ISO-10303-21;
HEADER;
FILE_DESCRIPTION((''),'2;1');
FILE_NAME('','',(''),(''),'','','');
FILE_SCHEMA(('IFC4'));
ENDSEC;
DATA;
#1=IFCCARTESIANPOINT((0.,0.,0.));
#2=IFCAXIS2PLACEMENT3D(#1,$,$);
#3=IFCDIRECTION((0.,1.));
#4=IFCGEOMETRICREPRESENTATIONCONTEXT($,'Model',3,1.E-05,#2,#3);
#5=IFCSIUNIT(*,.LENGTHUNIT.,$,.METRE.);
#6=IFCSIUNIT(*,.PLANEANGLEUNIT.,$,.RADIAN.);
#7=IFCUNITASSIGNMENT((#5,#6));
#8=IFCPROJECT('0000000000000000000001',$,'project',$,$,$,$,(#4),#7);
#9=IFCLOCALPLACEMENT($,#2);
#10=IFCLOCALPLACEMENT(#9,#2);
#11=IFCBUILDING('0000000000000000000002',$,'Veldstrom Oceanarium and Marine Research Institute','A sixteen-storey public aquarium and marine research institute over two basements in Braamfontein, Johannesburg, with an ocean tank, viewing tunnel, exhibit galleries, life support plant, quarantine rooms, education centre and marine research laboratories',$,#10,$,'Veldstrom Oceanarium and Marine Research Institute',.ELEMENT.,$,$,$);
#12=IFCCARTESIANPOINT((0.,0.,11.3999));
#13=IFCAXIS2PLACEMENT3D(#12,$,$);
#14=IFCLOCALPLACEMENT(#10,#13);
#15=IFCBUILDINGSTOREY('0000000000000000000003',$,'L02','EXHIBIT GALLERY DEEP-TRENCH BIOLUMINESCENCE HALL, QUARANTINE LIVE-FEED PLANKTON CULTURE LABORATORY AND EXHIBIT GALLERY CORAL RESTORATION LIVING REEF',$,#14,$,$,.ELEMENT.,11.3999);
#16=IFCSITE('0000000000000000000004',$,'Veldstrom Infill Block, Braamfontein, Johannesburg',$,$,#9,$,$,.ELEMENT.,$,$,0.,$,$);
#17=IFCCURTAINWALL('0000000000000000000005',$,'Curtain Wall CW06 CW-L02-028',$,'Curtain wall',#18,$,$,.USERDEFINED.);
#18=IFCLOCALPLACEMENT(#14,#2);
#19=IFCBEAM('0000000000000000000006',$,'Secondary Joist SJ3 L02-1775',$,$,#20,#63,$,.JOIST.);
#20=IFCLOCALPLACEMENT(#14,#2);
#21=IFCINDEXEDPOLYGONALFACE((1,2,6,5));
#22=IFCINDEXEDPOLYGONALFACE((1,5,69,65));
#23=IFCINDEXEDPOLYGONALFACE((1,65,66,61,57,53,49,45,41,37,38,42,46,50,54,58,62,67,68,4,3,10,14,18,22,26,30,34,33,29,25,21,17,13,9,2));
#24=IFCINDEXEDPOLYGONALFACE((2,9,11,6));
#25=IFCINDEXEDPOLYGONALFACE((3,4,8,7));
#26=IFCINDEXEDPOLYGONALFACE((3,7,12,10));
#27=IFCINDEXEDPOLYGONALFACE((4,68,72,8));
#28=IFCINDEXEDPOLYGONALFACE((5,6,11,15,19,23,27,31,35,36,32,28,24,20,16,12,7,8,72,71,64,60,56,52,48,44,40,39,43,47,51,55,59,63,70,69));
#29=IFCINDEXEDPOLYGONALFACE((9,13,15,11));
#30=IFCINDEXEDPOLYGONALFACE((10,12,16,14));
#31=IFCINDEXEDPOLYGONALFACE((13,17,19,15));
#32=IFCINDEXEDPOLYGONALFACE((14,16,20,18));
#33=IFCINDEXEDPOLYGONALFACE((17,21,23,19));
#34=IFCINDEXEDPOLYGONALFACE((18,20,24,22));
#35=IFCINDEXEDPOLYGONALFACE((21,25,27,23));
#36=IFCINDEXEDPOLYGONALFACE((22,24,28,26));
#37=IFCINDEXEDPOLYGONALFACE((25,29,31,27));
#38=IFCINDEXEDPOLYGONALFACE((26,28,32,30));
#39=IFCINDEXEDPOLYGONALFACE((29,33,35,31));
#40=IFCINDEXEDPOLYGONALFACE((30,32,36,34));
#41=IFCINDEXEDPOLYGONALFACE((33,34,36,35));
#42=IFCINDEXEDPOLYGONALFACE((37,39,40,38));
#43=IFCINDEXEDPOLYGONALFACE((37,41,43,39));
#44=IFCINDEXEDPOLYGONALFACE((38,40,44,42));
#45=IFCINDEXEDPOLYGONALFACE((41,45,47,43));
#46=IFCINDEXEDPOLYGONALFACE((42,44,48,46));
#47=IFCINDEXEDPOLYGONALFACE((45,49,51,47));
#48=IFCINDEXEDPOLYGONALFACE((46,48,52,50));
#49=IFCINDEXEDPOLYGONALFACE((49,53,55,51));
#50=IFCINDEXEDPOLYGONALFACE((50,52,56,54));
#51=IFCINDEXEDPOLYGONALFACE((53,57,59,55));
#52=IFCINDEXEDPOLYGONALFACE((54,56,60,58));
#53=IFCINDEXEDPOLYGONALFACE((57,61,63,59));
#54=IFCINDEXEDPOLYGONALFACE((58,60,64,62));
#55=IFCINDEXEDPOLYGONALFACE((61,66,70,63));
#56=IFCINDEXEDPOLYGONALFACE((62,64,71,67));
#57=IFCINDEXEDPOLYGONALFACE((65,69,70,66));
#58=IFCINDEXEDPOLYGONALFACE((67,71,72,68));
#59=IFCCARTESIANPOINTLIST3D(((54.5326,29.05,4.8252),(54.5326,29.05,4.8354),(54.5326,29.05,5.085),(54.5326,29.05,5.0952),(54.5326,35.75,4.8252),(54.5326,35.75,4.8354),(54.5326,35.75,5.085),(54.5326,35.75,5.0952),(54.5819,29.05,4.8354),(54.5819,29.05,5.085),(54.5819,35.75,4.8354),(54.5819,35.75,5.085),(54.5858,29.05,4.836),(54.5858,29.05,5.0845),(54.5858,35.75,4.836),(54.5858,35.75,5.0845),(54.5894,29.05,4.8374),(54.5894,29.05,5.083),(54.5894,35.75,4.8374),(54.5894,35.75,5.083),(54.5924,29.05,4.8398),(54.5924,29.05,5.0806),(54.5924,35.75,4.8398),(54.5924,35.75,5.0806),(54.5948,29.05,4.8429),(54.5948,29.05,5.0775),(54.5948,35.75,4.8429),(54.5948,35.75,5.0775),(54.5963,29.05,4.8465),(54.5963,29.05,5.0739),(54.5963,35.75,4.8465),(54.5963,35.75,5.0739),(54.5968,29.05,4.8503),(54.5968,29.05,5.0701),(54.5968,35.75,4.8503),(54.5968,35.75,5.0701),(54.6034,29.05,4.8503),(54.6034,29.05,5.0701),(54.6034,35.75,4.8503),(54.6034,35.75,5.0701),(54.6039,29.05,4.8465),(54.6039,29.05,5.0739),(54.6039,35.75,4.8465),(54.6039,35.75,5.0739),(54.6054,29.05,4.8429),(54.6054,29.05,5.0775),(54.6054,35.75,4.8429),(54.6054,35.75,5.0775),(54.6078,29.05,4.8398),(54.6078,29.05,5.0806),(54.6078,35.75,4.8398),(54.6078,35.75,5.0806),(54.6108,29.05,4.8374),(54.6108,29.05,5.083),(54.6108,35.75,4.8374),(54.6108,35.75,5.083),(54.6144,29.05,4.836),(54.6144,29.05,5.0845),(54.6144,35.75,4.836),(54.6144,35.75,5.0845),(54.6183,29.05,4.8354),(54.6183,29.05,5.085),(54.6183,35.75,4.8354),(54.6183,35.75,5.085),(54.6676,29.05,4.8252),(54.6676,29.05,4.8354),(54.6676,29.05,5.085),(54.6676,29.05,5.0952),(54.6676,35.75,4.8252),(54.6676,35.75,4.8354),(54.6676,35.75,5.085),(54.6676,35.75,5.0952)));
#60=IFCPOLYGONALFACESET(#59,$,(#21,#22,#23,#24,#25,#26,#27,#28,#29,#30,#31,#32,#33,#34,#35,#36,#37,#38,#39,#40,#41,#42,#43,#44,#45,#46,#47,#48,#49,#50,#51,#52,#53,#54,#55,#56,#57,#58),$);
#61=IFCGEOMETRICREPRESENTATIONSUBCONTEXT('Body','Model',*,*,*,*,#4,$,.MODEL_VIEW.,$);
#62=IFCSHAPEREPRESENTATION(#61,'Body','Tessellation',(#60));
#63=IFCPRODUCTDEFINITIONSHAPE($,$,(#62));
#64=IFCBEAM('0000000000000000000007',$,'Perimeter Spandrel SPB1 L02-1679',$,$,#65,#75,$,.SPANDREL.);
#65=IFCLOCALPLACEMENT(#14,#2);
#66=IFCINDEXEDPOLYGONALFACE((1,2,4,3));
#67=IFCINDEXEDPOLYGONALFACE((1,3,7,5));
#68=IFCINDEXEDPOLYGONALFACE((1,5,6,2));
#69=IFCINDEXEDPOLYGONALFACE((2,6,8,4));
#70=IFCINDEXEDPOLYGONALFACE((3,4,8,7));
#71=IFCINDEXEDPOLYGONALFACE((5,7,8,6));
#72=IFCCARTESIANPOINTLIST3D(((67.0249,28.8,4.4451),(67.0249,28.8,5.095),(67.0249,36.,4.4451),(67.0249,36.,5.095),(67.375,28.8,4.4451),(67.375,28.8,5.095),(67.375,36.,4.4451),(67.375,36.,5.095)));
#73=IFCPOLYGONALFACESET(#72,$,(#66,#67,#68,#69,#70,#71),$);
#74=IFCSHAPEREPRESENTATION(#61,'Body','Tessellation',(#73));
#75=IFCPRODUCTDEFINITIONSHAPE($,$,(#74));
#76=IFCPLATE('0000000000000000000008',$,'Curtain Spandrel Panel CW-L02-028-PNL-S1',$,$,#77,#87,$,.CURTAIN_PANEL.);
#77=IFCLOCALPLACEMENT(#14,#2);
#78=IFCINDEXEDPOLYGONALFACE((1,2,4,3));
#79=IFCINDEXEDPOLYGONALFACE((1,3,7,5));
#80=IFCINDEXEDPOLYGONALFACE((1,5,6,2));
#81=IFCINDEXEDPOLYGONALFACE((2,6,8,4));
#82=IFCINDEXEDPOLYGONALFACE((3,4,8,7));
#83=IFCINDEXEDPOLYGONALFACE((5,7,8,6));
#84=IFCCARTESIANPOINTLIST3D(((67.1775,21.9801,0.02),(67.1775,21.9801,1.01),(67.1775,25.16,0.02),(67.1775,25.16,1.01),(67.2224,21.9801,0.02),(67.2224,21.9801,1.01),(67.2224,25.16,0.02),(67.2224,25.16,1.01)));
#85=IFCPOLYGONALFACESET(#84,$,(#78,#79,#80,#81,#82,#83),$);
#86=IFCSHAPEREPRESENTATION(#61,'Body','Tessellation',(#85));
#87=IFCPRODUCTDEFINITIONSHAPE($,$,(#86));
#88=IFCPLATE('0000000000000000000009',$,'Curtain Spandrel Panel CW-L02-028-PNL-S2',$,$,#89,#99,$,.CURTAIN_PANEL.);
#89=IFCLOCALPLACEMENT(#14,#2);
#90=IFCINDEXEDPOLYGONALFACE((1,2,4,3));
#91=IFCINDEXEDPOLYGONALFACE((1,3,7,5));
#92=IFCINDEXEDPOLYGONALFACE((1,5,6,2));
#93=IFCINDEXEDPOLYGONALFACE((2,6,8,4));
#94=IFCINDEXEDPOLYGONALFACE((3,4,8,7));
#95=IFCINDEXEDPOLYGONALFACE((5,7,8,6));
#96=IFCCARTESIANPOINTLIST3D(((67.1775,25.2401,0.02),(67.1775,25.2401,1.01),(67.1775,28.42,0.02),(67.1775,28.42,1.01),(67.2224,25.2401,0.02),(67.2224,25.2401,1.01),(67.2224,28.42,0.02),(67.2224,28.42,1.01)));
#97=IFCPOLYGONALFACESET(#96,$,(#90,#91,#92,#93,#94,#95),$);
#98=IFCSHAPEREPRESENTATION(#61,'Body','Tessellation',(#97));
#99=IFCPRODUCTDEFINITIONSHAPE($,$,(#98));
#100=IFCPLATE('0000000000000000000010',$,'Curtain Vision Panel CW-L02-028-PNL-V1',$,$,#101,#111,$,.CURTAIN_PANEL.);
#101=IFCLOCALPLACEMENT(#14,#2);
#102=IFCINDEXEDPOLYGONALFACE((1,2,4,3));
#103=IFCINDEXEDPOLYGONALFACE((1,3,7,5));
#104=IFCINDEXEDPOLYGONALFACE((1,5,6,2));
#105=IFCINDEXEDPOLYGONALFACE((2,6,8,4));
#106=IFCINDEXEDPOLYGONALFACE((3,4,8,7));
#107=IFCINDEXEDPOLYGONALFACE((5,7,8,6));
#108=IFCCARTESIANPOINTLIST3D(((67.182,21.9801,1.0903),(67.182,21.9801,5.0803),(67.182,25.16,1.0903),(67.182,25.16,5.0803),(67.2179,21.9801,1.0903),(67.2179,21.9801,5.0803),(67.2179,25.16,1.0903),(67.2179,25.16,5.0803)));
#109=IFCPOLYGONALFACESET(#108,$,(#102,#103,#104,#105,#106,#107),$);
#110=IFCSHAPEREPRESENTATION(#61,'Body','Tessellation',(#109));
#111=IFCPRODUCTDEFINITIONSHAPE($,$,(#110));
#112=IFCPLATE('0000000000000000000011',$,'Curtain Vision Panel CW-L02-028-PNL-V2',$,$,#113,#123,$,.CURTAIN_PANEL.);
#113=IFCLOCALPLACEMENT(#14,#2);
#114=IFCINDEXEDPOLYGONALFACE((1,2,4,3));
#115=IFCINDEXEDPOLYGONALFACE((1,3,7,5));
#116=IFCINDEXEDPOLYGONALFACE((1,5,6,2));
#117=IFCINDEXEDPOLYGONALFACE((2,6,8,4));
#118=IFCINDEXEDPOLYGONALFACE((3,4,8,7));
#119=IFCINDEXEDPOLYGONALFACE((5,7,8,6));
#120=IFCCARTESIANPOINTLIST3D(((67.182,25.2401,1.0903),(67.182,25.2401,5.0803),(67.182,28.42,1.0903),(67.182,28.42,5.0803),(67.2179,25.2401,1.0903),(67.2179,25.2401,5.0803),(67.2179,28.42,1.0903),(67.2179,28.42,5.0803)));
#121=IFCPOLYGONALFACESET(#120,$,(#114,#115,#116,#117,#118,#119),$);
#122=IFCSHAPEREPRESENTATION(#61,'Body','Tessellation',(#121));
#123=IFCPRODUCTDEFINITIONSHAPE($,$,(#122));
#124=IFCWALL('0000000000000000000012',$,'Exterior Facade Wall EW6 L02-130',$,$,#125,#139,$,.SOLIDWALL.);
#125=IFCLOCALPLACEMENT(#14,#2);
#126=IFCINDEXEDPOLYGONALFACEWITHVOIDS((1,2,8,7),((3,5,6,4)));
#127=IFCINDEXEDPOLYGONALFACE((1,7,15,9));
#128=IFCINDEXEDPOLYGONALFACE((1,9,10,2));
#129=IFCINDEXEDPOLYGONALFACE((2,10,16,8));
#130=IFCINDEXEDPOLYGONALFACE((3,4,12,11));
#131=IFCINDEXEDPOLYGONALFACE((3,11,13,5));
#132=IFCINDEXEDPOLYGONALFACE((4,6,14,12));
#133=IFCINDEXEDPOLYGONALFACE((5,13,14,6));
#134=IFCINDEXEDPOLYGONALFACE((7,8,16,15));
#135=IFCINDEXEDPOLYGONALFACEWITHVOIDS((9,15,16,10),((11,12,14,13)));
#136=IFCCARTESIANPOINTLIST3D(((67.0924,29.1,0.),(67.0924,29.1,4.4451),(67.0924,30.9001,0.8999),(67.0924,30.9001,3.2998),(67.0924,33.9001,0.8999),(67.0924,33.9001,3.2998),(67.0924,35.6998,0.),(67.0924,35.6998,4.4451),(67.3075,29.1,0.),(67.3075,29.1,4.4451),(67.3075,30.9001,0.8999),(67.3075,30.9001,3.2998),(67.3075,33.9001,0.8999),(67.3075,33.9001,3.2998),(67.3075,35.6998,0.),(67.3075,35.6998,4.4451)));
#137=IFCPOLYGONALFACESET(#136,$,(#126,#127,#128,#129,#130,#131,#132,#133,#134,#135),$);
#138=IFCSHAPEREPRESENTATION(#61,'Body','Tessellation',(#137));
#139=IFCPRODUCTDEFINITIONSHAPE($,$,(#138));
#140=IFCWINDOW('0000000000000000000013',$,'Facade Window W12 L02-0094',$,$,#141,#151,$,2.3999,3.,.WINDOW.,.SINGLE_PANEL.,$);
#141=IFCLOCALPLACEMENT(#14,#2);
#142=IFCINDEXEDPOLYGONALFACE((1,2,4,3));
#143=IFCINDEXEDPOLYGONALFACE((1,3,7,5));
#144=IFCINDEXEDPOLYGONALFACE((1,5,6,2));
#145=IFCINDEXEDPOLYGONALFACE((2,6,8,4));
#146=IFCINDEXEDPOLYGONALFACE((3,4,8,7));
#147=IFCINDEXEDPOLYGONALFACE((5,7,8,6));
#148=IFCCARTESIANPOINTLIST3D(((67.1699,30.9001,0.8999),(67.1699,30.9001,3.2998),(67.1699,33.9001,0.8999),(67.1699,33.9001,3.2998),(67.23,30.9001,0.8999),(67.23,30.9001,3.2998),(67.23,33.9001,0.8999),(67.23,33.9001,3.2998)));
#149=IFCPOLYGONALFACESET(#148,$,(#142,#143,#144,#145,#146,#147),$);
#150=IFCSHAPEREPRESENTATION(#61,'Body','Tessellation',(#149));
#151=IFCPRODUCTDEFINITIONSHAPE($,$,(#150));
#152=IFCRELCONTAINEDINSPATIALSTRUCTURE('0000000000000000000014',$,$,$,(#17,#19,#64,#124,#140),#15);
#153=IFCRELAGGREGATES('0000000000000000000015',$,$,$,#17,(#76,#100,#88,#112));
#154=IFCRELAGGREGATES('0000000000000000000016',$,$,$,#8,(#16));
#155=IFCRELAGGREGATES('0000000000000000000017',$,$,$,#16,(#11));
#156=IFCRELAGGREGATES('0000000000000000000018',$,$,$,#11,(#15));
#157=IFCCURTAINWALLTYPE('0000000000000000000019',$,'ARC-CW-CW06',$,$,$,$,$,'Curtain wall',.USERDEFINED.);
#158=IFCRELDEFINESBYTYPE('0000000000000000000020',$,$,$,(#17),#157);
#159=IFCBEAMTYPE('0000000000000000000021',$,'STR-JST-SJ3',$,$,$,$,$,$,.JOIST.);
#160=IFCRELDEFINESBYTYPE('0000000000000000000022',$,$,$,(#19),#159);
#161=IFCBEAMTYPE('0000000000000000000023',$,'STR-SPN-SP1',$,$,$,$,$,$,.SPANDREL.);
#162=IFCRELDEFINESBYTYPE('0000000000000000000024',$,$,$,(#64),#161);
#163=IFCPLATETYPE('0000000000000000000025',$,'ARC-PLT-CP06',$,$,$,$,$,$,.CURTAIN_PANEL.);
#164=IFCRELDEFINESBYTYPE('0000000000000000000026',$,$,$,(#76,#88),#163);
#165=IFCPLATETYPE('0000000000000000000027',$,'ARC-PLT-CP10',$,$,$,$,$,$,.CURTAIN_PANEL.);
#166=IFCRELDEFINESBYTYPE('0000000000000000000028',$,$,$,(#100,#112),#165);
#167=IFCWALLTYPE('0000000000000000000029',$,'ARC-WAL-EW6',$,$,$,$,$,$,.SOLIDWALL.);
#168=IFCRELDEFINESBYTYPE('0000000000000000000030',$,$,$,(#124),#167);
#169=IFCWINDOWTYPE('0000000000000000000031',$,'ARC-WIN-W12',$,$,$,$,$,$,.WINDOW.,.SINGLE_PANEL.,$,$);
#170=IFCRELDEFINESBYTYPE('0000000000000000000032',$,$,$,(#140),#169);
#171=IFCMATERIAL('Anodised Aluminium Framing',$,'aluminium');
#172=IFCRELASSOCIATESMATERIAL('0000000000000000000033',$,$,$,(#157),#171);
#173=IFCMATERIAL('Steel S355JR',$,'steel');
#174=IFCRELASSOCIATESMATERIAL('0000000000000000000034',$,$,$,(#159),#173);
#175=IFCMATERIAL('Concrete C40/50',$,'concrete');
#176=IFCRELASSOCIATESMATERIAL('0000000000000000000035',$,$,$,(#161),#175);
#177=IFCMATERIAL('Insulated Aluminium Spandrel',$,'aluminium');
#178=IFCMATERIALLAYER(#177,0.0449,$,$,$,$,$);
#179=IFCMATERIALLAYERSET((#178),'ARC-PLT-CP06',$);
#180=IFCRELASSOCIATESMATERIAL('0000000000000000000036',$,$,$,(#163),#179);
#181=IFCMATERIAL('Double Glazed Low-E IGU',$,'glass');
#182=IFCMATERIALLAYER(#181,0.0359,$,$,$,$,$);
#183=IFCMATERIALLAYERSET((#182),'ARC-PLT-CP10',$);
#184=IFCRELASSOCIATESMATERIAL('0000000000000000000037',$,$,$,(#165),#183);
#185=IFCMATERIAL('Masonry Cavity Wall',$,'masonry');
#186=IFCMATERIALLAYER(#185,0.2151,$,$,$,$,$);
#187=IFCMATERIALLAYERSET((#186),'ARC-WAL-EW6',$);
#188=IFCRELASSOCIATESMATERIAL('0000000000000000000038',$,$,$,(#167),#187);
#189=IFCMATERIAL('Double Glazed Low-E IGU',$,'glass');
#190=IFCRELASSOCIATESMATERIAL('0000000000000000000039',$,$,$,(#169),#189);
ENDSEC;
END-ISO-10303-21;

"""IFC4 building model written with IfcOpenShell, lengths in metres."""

from ifc_helpers import new_model, si_unit, direction, frame, frame_2d, origin, origin_2d, place, context, subcontext, project, spatial, rectangle, i_section, extrude, material, layer, layer_set, material_profile, profile_set, type_object, element, fill, aggregate, save


model = new_model("IFC4")

# Units and contexts
model_context = context("Model", 3, precision=1e-05, world=origin(), true_north=direction((0.0, 1.0)))
body_context = subcontext(model_context, "Body", "Model", "MODEL_VIEW")
ifc_project = project(units=[si_unit("LENGTHUNIT", "METRE"), si_unit("PLANEANGLEUNIT", "RADIAN")], contexts=[model_context])

# Site, building, storey
site_placement = place(None, origin())
site = spatial("IfcSite", under=ifc_project, at=site_placement, Name="Veldstrom Infill Block, Braamfontein, Johannesburg", CompositionType="ELEMENT", RefElevation=0.0)
building_placement = place(site_placement, origin())
building = spatial("IfcBuilding", under=site, at=building_placement, Name="Veldstrom Oceanarium and Marine Research Institute", Description="A sixteen-storey public aquarium and marine research institute over two basements in Braamfontein, Johannesburg, with an ocean tank, viewing tunnel, exhibit galleries, life support plant, quarantine rooms, education centre and marine research laboratories", LongName="Veldstrom Oceanarium and Marine Research Institute", CompositionType="ELEMENT")
storey_placement = place(building_placement, frame((0.0, 0.0, 11.3999)))
storey = spatial("IfcBuildingStorey", under=building, at=storey_placement, Name="L02", Description="EXHIBIT GALLERY DEEP-TRENCH BIOLUMINESCENCE HALL, QUARANTINE LIVE-FEED PLANKTON CULTURE LABORATORY AND EXHIBIT GALLERY CORAL RESTORATION LIVING REEF", CompositionType="ELEMENT", Elevation=11.3999)

# Curtain wall
ifc_material_1 = material(Name="Anodised Aluminium Framing", Category="aluminium")
curtain_wall_type = type_object("IfcCurtainWallType", Name="ARC-CW-CW06", ElementType="Curtain wall", PredefinedType="USERDEFINED", material=ifc_material_1)
curtain_wall_placement = place(storey_placement, origin())
curtain_wall = element("IfcCurtainWall", 1, at=curtain_wall_placement, inside=storey, type_object=curtain_wall_type, Name="Curtain Wall CW06 CW-L02-028", ObjectType="Curtain wall", PredefinedType="USERDEFINED")

# Beams
ifc_material_2 = material(Name="Steel S355JR", Category="steel")
ifc_material_profile_1 = material_profile(ifc_material_2, i_section(OverallWidth=0.135, OverallDepth=0.27, WebThickness=0.0066, FlangeThickness=0.0103, FilletRadius=0.0149, at=origin_2d()), Name="IPE 270")
ifc_profile_set_1 = profile_set([ifc_material_profile_1], Name="Steel S355JR")
beam_type_1 = type_object("IfcBeamType", Name="STR-JST-SJ3", PredefinedType="JOIST", material=ifc_profile_set_1)
beam_1_placement = place(storey_placement, frame((54.6001, 29.05, 4.9602), z_axis=(0.0, 1.0, 0.0), x_axis=(-1.0, 0.0, 0.0)))
element("IfcBeam", 2, at=beam_1_placement, inside=storey, type_object=beam_type_1, Name="Secondary Joist SJ3 L02-1775", PredefinedType="JOIST", context=body_context, shape_type="SweptSolid", body=[
    extrude(i_section(OverallWidth=0.135, OverallDepth=0.27, WebThickness=0.0066, FlangeThickness=0.0103, FilletRadius=0.0149, at=origin_2d()), origin(), (0.0, 0.0, 1.0), 6.7),
])
ifc_material_3 = material(Name="Concrete C40/50", Category="concrete")
ifc_material_profile_2 = material_profile(ifc_material_3, rectangle(XDim=0.3501, YDim=0.6499, at=origin_2d()), Name="RC-SPN-350x650")
ifc_profile_set_2 = profile_set([ifc_material_profile_2], Name="Concrete C40/50")
beam_type_2 = type_object("IfcBeamType", Name="STR-SPN-SP1", PredefinedType="SPANDREL", material=ifc_profile_set_2)
beam_2_placement = place(storey_placement, frame((67.2, 28.8, 4.77), z_axis=(0.0, 1.0, 0.0), x_axis=(-1.0, 0.0, 0.0)))
element("IfcBeam", 3, at=beam_2_placement, inside=storey, type_object=beam_type_2, Name="Perimeter Spandrel SPB1 L02-1679", PredefinedType="SPANDREL", context=body_context, shape_type="SweptSolid", body=[
    extrude(rectangle(XDim=0.3501, YDim=0.6499, at=origin_2d()), origin(), (0.0, 0.0, 1.0), 7.2),
])

# Plates
ifc_material_4 = material(Name="Insulated Aluminium Spandrel", Category="aluminium")
ifc_layer_1 = layer(ifc_material_4, 0.0449)
ifc_layer_set_1 = layer_set([ifc_layer_1], Name="ARC-PLT-CP06")
plate_type_1 = type_object("IfcPlateType", Name="ARC-PLT-CP06", PredefinedType="CURTAIN_PANEL", material=ifc_layer_set_1)
plate_1_placement = place(storey_placement, frame((67.2, 23.5701, 0.02), z_axis=(0.0, 0.0, 1.0), x_axis=(0.0, 1.0, 0.0)))
plate_1 = element("IfcPlate", 4, at=plate_1_placement, type_object=plate_type_1, Name="Curtain Spandrel Panel CW-L02-028-PNL-S1", PredefinedType="CURTAIN_PANEL", context=body_context, shape_type="SweptSolid", body=[
    extrude(rectangle(XDim=3.1799, YDim=0.0449, at=origin_2d()), origin(), (0.0, 0.0, 1.0), 0.99),
])
plate_2_placement = place(storey_placement, frame((67.2, 26.8301, 0.02), z_axis=(0.0, 0.0, 1.0), x_axis=(0.0, 1.0, 0.0)))
plate_2 = element("IfcPlate", 5, at=plate_2_placement, type_object=plate_type_1, Name="Curtain Spandrel Panel CW-L02-028-PNL-S2", PredefinedType="CURTAIN_PANEL", context=body_context, shape_type="SweptSolid", body=[
    extrude(rectangle(XDim=3.1799, YDim=0.0449, at=origin_2d()), origin(), (0.0, 0.0, 1.0), 0.99),
])
ifc_material_5 = material(Name="Double Glazed Low-E IGU", Category="glass")
ifc_layer_2 = layer(ifc_material_5, 0.0359)
ifc_layer_set_2 = layer_set([ifc_layer_2], Name="ARC-PLT-CP10")
plate_type_2 = type_object("IfcPlateType", Name="ARC-PLT-CP10", PredefinedType="CURTAIN_PANEL", material=ifc_layer_set_2)
plate_3_placement = place(storey_placement, frame((67.2, 23.5701, 1.0903), z_axis=(0.0, 0.0, 1.0), x_axis=(0.0, 1.0, 0.0)))
plate_3 = element("IfcPlate", 6, at=plate_3_placement, type_object=plate_type_2, Name="Curtain Vision Panel CW-L02-028-PNL-V1", PredefinedType="CURTAIN_PANEL", context=body_context, shape_type="SweptSolid", body=[
    extrude(rectangle(XDim=3.1799, YDim=0.0359, at=origin_2d()), origin(), (0.0, 0.0, 1.0), 3.99),
])
plate_4_placement = place(storey_placement, frame((67.2, 26.8301, 1.0903), z_axis=(0.0, 0.0, 1.0), x_axis=(0.0, 1.0, 0.0)))
plate_4 = element("IfcPlate", 7, at=plate_4_placement, type_object=plate_type_2, Name="Curtain Vision Panel CW-L02-028-PNL-V2", PredefinedType="CURTAIN_PANEL", context=body_context, shape_type="SweptSolid", body=[
    extrude(rectangle(XDim=3.1799, YDim=0.0359, at=origin_2d()), origin(), (0.0, 0.0, 1.0), 3.99),
])
aggregate(curtain_wall, [plate_1, plate_3, plate_2, plate_4])

# Wall, opening, window
ifc_material_6 = material(Name="Masonry Cavity Wall", Category="masonry")
ifc_layer_3 = layer(ifc_material_6, 0.2151)
ifc_layer_set_3 = layer_set([ifc_layer_3], Name="ARC-WAL-EW6")
wall_type_1 = type_object("IfcWallType", Name="ARC-WAL-EW6", PredefinedType="SOLIDWALL", material=ifc_layer_set_3)
wall_1_placement = place(storey_placement, frame((67.2, 29.1001, 0.0), z_axis=(0.0, 0.0, 1.0), x_axis=(0.0, 1.0, 0.0)))
wall_1 = element("IfcWall", 8, at=wall_1_placement, inside=storey, type_object=wall_type_1, Name="Exterior Facade Wall EW6 L02-130", PredefinedType="SOLIDWALL", context=body_context, shape_type="SweptSolid", body=[
    extrude(rectangle(XDim=6.5999, YDim=0.2151, at=frame_2d((3.2998, 0.0))), origin(), (0.0, 0.0, 1.0), 4.4451),
])
opening_1_placement = place(wall_1_placement, frame((1.8, 0.0, 0.8999)))
opening_1 = element("IfcOpeningElement", 9, at=opening_1_placement, cuts=wall_1, PredefinedType="OPENING", context=body_context, shape_type="SweptSolid", body=[
    extrude(rectangle(XDim=3.0, YDim=2.3999, at=frame_2d((1.5, 1.2))), frame((0.0, 0.1174, 0.0), z_axis=(0.0, -1.0, 0.0), x_axis=(1.0, 0.0, 0.0)), (0.0, 0.0, 1.0), 0.2351),
])
ifc_material_7 = material(Name="Double Glazed Low-E IGU", Category="glass")
window_type = type_object("IfcWindowType", Name="ARC-WIN-W12", PartitioningType="SINGLE_PANEL", PredefinedType="WINDOW", material=ifc_material_7)
window_placement = place(opening_1_placement, origin())
window = element("IfcWindow", 10, at=window_placement, inside=storey, type_object=window_type, Name="Facade Window W12 L02-0094", OverallHeight=2.3999, OverallWidth=3.0, PartitioningType="SINGLE_PANEL", PredefinedType="WINDOW", context=body_context, shape_type="SweptSolid", body=[
    extrude(rectangle(XDim=3.0, YDim=2.3999, at=frame_2d((1.5, 1.2))), frame((0.0, 0.03, 0.0), z_axis=(0.0, -1.0, 0.0), x_axis=(1.0, 0.0, 0.0)), (0.0, 0.0, 1.0), 0.0601),
])
fill(opening_1, window)

save(model, "model.ifc")
